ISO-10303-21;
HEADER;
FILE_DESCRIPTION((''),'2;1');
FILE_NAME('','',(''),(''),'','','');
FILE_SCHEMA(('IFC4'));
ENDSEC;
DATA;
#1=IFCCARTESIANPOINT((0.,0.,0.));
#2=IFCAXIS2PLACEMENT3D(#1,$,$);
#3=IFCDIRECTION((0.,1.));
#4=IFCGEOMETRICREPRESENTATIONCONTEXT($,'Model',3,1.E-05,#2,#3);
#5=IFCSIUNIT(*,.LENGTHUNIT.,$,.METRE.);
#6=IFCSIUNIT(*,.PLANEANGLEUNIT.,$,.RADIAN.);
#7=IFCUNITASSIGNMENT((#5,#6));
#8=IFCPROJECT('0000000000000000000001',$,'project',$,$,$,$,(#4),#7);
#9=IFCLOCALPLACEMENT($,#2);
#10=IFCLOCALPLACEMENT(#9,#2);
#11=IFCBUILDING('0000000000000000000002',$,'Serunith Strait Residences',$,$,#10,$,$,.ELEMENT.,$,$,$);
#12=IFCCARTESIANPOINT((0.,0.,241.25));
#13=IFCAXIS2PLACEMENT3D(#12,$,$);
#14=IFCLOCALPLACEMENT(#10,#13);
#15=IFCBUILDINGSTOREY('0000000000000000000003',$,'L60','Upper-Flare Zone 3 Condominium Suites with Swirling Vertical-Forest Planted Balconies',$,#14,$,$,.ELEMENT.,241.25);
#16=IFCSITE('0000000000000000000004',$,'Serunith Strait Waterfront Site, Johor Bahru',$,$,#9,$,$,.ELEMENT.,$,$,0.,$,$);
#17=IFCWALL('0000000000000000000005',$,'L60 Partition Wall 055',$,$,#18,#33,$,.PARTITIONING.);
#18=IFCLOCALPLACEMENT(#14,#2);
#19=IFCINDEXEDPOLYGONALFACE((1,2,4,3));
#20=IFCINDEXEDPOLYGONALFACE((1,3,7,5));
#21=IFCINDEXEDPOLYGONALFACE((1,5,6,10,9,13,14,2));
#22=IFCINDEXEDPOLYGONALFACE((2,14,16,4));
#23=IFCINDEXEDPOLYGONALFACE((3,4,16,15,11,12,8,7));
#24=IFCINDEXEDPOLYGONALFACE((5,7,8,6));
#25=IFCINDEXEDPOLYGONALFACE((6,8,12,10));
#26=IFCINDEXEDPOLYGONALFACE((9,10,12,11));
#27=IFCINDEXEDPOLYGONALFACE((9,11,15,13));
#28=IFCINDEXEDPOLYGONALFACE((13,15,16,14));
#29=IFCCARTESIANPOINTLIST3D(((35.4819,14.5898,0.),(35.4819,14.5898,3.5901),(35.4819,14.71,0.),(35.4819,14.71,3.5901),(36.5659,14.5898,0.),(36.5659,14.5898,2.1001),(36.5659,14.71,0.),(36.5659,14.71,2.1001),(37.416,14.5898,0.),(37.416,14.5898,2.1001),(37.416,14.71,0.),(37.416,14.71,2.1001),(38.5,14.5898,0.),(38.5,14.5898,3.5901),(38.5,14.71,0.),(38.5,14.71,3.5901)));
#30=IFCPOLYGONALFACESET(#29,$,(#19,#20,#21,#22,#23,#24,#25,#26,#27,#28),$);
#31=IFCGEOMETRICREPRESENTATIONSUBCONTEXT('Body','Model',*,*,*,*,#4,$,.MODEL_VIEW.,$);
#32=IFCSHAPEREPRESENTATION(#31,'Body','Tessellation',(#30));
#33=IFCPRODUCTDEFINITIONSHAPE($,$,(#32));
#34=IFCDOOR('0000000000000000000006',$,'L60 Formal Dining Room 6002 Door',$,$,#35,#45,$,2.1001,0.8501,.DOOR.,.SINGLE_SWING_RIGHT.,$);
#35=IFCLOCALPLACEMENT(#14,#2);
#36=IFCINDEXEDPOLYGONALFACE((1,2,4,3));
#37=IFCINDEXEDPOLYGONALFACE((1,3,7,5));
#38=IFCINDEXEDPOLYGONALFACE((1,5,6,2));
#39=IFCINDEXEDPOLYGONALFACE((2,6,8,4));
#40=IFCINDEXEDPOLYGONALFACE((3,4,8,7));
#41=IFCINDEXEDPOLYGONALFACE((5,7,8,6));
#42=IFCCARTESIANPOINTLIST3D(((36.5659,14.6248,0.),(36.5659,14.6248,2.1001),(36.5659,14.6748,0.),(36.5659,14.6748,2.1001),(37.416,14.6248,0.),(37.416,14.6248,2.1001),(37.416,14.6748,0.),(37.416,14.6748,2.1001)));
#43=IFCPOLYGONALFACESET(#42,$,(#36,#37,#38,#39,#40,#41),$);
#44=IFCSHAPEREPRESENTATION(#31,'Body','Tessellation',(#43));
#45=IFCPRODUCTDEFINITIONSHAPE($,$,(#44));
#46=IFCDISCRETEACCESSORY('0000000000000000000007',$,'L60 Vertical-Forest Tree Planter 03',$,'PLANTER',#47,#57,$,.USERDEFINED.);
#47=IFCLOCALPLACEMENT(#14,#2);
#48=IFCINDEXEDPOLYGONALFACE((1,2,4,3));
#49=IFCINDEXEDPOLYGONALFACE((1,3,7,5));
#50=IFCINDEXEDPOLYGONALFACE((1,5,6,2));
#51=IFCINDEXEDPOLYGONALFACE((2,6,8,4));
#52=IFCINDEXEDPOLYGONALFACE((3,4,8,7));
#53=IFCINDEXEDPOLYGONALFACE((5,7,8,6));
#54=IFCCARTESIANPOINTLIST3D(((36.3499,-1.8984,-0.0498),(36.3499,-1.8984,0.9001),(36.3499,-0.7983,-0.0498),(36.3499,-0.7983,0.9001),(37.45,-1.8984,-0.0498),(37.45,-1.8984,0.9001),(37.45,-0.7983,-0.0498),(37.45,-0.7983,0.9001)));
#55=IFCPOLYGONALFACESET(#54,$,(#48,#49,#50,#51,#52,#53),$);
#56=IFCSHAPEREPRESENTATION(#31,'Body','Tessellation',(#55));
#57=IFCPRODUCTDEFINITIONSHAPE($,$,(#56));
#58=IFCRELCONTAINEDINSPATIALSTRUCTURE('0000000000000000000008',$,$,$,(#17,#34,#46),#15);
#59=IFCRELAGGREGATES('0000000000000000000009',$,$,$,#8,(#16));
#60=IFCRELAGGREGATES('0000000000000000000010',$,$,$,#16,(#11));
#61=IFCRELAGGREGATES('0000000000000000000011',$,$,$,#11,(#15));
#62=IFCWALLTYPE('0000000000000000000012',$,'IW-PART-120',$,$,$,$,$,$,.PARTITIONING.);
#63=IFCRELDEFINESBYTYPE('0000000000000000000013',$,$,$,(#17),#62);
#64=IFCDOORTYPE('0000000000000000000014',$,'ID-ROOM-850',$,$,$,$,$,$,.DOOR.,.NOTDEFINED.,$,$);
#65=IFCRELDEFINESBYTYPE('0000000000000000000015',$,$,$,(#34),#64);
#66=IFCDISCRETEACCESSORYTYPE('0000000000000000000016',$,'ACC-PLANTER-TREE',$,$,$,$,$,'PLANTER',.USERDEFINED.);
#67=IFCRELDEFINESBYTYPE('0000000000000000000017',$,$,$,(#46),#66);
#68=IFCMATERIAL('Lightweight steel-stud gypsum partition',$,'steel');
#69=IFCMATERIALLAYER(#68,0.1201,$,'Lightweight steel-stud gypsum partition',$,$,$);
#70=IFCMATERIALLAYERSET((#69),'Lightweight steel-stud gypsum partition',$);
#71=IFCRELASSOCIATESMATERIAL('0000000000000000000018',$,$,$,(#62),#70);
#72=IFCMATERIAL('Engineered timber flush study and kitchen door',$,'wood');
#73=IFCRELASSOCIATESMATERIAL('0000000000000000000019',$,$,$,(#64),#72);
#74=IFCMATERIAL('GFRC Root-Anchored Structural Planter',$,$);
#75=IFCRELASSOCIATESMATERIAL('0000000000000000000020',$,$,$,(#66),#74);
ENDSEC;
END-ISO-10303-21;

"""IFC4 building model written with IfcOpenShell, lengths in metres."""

from ifc_helpers import new_model, si_unit, direction, frame, frame_2d, origin, origin_2d, place, context, subcontext, project, spatial, rectangle, extrude, source, transform, mapped, material, layer, layer_set, type_object, element, fill, save


model = new_model("IFC4")

# Units and contexts
model_context = context("Model", 3, precision=1e-05, world=origin(), true_north=direction((0.0, 1.0)))
body_context = subcontext(model_context, "Body", "Model", "MODEL_VIEW")
ifc_project = project(units=[si_unit("LENGTHUNIT", "METRE"), si_unit("PLANEANGLEUNIT", "RADIAN")], contexts=[model_context])

# Site, building, storey
site_placement = place(None, origin())
site = spatial("IfcSite", under=ifc_project, at=site_placement, Name="Serunith Strait Waterfront Site, Johor Bahru", CompositionType="ELEMENT", RefElevation=0.0)
building_placement = place(site_placement, origin())
building = spatial("IfcBuilding", under=site, at=building_placement, Name="Serunith Strait Residences", CompositionType="ELEMENT")
storey_placement = place(building_placement, frame((0.0, 0.0, 241.25)))
storey = spatial("IfcBuildingStorey", under=building, at=storey_placement, Name="L60", Description="Upper-Flare Zone 3 Condominium Suites with Swirling Vertical-Forest Planted Balconies", CompositionType="ELEMENT", Elevation=241.25)

# Shared definitions
ifc_material_1 = material(Name="Lightweight steel-stud gypsum partition", Category="steel")
ifc_layer_1 = layer(ifc_material_1, 0.1201, Name="Lightweight steel-stud gypsum partition")
ifc_layer_set_1 = layer_set([ifc_layer_1], Name="Lightweight steel-stud gypsum partition")
wall_type = type_object("IfcWallType", Name="IW-PART-120", PredefinedType="PARTITIONING", material=ifc_layer_set_1)
ifc_material_2 = material(Name="Engineered timber flush study and kitchen door", Category="wood")
door_type_1 = type_object("IfcDoorType", Name="ID-ROOM-850", OperationType="NOTDEFINED", PredefinedType="DOOR", material=ifc_material_2)
shared_shape_1 = source(origin(), body_context, "Body", "SweptSolid", [
    extrude(rectangle(XDim=0.8501, YDim=2.1001, at=frame_2d((0.425, 1.05))), frame((0.0, 0.0249, 0.0), z_axis=(0.0, -1.0, 0.0), x_axis=(1.0, 0.0, 0.0)), (0.0, 0.0, 1.0), 0.05),
])

# Wall, opening, door
wall_1_placement = place(storey_placement, frame((35.4819, 14.6499, 0.0), z_axis=(0.0, 0.0, 1.0), x_axis=(1.0, 0.0, 0.0)))
wall_1 = element("IfcWall", 1, at=wall_1_placement, inside=storey, type_object=wall_type, Name="L60 Partition Wall 055", PredefinedType="PARTITIONING", context=body_context, shape_type="SweptSolid", body=[
    extrude(rectangle(XDim=3.0181, YDim=0.1201, at=frame_2d((1.509, 0.0))), origin(), (0.0, 0.0, 1.0), 3.5901),
])
opening_1_placement = place(wall_1_placement, frame((1.084, 0.0, 0.0)))
opening_1 = element("IfcOpeningElement", 2, at=opening_1_placement, cuts=wall_1, PredefinedType="OPENING", context=body_context, shape_type="SweptSolid", body=[
    extrude(rectangle(XDim=0.8501, YDim=2.1001, at=frame_2d((0.425, 1.05))), frame((0.0, 0.0701, 0.0), z_axis=(0.0, -1.0, 0.0), x_axis=(1.0, 0.0, 0.0)), (0.0, 0.0, 1.0), 0.1401),
])
door_1_placement = place(opening_1_placement, origin())
door_1 = element("IfcDoor", 3, at=door_1_placement, inside=storey, type_object=door_type_1, Name="L60 Formal Dining Room 6002 Door", OperationType="SINGLE_SWING_RIGHT", OverallHeight=2.1001, OverallWidth=0.8501, PredefinedType="DOOR", context=body_context, shape_type="MappedRepresentation", body=[
    mapped(shared_shape_1, transform((0.0, 0.0, 0.0), scale=1.0)),
])
fill(opening_1, door_1)

# Discrete accessory
ifc_material_3 = material(Name="GFRC Root-Anchored Structural Planter")
discrete_accessory_type = type_object("IfcDiscreteAccessoryType", Name="ACC-PLANTER-TREE", ElementType="PLANTER", PredefinedType="USERDEFINED", material=ifc_material_3)
shared_shape_2 = source(origin(), body_context, "Body", "SweptSolid", [
    extrude(rectangle(XDim=1.1001, YDim=1.1001, at=origin_2d()), origin(), (0.0, 0.0, 1.0), 0.95),
])
discrete_accessory_placement = place(storey_placement, frame((36.8999, -1.3484, -0.0498), z_axis=(0.0, 0.0, 1.0), x_axis=(1.0, 0.0, 0.0)))
element("IfcDiscreteAccessory", 4, at=discrete_accessory_placement, inside=storey, type_object=discrete_accessory_type, Name="L60 Vertical-Forest Tree Planter 03", ObjectType="PLANTER", PredefinedType="USERDEFINED", context=body_context, shape_type="MappedRepresentation", body=[
    mapped(shared_shape_2, transform((0.0, 0.0, 0.0), scale=1.0)),
])

save(model, "model.ifc")
